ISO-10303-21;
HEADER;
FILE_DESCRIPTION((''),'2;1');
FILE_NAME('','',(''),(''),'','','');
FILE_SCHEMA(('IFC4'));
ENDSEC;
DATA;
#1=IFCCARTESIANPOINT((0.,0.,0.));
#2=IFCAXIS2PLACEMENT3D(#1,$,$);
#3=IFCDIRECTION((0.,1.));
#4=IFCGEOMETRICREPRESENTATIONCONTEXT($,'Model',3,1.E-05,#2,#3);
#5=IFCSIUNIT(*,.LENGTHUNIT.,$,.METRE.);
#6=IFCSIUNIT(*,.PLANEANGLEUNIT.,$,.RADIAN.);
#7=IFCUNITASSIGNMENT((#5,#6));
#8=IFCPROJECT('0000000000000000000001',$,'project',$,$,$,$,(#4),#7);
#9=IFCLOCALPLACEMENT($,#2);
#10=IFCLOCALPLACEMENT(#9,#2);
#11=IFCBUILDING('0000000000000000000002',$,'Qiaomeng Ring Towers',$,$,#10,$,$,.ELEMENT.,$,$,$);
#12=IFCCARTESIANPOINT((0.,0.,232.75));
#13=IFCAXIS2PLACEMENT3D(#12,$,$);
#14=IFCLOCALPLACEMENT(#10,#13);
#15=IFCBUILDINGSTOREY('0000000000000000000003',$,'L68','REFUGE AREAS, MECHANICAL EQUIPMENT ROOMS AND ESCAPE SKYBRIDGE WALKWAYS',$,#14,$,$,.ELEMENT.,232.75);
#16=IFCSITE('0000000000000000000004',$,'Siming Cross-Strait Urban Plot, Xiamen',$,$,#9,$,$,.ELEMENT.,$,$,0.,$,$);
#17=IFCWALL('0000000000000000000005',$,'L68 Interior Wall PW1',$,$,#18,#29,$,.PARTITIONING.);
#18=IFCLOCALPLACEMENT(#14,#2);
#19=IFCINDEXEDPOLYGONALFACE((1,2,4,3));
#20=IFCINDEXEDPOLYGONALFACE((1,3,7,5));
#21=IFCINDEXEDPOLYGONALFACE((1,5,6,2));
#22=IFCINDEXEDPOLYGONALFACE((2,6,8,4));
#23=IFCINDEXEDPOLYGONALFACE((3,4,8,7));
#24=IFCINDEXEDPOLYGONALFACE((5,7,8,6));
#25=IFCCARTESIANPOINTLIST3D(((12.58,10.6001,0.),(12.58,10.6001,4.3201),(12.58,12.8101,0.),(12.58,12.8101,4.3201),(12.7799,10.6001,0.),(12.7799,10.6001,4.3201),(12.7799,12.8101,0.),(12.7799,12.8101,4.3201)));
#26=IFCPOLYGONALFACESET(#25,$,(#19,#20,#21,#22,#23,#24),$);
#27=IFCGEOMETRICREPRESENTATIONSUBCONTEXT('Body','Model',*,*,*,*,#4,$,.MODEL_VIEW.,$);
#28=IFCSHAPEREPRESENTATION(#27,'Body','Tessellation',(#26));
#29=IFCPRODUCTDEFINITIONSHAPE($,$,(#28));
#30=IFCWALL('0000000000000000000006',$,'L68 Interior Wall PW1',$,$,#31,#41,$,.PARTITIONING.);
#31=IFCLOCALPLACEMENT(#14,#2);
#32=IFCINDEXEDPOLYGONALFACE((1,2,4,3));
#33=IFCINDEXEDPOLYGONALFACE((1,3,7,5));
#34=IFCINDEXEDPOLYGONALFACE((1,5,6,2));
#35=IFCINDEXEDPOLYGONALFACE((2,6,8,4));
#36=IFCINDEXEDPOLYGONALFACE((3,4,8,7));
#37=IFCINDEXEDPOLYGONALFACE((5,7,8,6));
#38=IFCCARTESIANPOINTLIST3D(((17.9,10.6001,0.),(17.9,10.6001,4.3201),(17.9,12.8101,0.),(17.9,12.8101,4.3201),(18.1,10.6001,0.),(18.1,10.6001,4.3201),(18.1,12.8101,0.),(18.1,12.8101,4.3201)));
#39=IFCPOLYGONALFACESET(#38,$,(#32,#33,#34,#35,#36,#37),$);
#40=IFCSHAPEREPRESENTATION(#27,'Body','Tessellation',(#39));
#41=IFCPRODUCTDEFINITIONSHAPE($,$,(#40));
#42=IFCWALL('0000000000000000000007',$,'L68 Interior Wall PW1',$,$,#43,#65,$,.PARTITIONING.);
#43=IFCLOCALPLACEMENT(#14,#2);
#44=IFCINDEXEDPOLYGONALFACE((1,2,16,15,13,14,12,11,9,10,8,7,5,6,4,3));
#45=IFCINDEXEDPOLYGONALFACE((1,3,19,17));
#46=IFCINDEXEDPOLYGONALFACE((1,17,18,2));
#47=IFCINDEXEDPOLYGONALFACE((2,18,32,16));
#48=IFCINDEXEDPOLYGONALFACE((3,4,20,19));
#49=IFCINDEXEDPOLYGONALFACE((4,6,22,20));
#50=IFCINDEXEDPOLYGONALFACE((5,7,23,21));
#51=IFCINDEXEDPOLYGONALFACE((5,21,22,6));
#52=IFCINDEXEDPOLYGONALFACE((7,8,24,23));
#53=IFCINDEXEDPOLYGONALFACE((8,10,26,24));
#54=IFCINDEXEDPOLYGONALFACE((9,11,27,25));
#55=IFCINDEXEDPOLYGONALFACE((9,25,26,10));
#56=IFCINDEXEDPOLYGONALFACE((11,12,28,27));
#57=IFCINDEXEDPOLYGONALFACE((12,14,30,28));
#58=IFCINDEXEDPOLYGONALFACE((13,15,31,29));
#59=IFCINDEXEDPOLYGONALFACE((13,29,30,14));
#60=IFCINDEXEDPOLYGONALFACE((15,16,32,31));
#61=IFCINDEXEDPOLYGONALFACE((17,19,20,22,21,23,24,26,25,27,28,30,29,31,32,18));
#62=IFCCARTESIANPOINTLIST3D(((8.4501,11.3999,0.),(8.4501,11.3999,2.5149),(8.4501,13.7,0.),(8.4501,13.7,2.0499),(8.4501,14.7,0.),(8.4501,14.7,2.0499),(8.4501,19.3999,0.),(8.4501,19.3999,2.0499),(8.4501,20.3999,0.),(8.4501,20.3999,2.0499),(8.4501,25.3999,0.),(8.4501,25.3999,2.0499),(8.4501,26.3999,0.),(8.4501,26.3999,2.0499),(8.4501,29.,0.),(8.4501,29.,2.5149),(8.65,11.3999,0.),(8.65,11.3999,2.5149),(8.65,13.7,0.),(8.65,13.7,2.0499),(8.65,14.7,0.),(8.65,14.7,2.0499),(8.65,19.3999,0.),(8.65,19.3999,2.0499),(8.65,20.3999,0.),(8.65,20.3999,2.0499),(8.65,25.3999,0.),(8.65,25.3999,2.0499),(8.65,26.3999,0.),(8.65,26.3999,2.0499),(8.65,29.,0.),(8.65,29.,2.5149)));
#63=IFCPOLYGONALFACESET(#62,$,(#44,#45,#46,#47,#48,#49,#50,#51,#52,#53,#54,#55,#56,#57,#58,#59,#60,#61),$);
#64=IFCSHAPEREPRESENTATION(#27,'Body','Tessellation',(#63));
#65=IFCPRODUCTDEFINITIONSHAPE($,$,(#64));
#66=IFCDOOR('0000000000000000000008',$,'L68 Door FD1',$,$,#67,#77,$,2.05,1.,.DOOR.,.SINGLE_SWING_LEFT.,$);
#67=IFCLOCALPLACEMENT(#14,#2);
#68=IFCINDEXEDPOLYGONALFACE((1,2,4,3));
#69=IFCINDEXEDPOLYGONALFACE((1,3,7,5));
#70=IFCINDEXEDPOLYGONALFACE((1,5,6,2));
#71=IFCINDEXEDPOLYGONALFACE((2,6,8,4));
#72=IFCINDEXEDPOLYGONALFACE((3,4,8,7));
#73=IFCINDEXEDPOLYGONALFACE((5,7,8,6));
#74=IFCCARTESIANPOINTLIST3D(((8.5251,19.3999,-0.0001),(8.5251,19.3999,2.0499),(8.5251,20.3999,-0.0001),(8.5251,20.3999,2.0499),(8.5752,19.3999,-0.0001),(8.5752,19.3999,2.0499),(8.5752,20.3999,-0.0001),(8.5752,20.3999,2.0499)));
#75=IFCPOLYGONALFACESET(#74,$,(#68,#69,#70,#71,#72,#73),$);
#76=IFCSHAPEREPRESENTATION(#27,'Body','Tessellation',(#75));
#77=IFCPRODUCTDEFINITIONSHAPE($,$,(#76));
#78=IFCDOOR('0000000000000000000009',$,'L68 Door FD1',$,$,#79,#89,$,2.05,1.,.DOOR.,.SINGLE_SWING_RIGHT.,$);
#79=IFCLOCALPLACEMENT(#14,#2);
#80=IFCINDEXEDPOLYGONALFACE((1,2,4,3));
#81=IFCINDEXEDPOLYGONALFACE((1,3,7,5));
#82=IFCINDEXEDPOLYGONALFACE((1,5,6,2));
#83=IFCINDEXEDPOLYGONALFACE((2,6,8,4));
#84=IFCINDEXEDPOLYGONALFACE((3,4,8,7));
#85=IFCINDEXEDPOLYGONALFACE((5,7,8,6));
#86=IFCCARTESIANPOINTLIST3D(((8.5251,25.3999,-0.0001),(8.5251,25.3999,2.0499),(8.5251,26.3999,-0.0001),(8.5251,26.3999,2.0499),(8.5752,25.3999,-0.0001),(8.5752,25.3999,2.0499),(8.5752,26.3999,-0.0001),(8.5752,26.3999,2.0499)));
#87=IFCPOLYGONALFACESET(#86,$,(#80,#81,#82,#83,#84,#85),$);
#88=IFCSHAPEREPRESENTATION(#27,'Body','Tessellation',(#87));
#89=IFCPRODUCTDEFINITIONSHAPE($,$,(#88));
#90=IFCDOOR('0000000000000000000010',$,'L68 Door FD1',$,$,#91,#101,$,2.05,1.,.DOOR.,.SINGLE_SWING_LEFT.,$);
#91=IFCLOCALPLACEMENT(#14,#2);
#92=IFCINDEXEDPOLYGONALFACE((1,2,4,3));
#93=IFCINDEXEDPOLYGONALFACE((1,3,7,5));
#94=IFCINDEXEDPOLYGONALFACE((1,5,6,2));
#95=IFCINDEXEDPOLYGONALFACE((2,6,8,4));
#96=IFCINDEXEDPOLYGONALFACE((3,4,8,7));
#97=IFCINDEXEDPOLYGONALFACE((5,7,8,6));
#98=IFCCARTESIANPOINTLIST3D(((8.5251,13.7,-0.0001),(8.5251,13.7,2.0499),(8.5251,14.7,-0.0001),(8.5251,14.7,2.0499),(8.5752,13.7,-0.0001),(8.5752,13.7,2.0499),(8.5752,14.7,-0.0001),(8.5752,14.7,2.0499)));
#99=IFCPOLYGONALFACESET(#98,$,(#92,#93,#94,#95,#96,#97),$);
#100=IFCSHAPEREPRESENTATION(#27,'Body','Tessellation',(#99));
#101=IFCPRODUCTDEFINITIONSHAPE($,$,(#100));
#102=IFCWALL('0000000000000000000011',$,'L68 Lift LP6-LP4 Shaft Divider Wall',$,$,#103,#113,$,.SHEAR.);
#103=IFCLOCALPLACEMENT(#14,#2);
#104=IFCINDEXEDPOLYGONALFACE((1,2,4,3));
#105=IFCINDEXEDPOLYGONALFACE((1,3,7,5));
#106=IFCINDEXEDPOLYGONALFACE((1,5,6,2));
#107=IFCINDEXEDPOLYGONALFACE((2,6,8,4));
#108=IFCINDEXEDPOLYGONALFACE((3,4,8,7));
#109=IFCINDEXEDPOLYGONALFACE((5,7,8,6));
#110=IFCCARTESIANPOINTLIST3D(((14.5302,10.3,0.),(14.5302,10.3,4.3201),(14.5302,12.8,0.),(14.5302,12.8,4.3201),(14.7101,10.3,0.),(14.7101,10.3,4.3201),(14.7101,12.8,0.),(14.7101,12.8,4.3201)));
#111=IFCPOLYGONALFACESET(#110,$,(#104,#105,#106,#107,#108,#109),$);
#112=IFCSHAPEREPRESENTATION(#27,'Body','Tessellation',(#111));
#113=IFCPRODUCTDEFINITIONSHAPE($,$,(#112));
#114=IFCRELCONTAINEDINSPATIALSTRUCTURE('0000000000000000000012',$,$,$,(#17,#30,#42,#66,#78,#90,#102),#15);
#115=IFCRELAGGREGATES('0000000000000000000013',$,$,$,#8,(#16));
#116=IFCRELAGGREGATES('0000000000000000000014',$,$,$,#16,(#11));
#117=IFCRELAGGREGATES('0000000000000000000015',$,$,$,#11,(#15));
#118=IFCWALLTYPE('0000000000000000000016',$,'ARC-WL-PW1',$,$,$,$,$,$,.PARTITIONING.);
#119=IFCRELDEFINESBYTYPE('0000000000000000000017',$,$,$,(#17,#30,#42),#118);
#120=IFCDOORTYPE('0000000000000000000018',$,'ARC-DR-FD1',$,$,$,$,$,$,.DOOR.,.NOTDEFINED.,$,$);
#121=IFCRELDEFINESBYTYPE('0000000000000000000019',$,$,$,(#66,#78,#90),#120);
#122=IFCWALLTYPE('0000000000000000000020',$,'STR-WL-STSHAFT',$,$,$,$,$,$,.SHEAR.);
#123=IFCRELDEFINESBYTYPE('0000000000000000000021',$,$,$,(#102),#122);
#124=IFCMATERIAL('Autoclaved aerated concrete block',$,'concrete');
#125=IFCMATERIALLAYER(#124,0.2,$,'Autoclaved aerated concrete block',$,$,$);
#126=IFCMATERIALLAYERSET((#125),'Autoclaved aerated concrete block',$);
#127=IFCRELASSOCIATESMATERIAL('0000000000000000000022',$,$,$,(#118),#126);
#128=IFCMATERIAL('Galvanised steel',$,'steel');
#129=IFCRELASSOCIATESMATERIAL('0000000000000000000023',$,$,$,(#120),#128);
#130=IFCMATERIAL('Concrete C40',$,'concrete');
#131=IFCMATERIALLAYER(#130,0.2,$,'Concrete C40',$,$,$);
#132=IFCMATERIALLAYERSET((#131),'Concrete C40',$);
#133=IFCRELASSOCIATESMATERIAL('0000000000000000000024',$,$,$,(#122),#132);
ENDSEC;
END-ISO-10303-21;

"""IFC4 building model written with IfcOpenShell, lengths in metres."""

from ifc_helpers import new_model, si_unit, direction, frame, frame_2d, origin, place, context, subcontext, project, spatial, rectangle, extrude, source, transform, mapped, material, layer, layer_set, type_object, element, fill, save


model = new_model("IFC4")

# Units and contexts
model_context = context("Model", 3, precision=1e-05, world=origin(), true_north=direction((0.0, 1.0)))
body_context = subcontext(model_context, "Body", "Model", "MODEL_VIEW")
ifc_project = project(units=[si_unit("LENGTHUNIT", "METRE"), si_unit("PLANEANGLEUNIT", "RADIAN")], contexts=[model_context])

# Site, building, storey
site_placement = place(None, origin())
site = spatial("IfcSite", under=ifc_project, at=site_placement, Name="Siming Cross-Strait Urban Plot, Xiamen", CompositionType="ELEMENT", RefElevation=0.0)
building_placement = place(site_placement, origin())
building = spatial("IfcBuilding", under=site, at=building_placement, Name="Qiaomeng Ring Towers", CompositionType="ELEMENT")
storey_placement = place(building_placement, frame((0.0, 0.0, 232.75)))
storey = spatial("IfcBuildingStorey", under=building, at=storey_placement, Name="L68", Description="REFUGE AREAS, MECHANICAL EQUIPMENT ROOMS AND ESCAPE SKYBRIDGE WALKWAYS", CompositionType="ELEMENT", Elevation=232.75)

# Walls
ifc_material_1 = material(Name="Autoclaved aerated concrete block", Category="concrete")
ifc_layer_1 = layer(ifc_material_1, 0.2, Name="Autoclaved aerated concrete block")
ifc_layer_set_1 = layer_set([ifc_layer_1], Name="Autoclaved aerated concrete block")
wall_type_1 = type_object("IfcWallType", Name="ARC-WL-PW1", PredefinedType="PARTITIONING", material=ifc_layer_set_1)
for number, where, z_axis, x_axis, name in (
    (1, (12.6799, 10.6001, 0.0), (0.0, 0.0, 1.0), (0.0, 1.0, 0.0), "L68 Interior Wall PW1"),
    (2, (18.0, 10.6001, 0.0), (0.0, 0.0, 1.0), (0.0, 1.0, 0.0), "L68 Interior Wall PW1"),
):
    element("IfcWall", number, at=place(storey_placement, frame(where, z_axis=z_axis, x_axis=x_axis)), inside=storey, type_object=wall_type_1, Name=name, PredefinedType="PARTITIONING", context=body_context, shape_type="SweptSolid", body=[
        extrude(rectangle(XDim=2.21, YDim=0.2, at=frame_2d((1.105, 0.0))), origin(), (0.0, 0.0, 1.0), 4.3201),
    ])

# Wall, openings, doors
wall_1_placement = place(storey_placement, frame((8.55, 11.3999, 0.0), z_axis=(0.0, 0.0, 1.0), x_axis=(0.0, 1.0, 0.0)))
wall_1 = element("IfcWall", 3, at=wall_1_placement, inside=storey, type_object=wall_type_1, Name="L68 Interior Wall PW1", PredefinedType="PARTITIONING", context=body_context, shape_type="SweptSolid", body=[
    extrude(rectangle(XDim=17.6001, YDim=0.2, at=frame_2d((8.8, 0.0))), origin(), (0.0, 0.0, 1.0), 2.5149),
])
opening_1_placement = place(wall_1_placement, frame((8.0, 0.0, 0.0)))
opening_1 = element("IfcOpeningElement", 4, at=opening_1_placement, cuts=wall_1, PredefinedType="OPENING", context=body_context, shape_type="SweptSolid", body=[
    extrude(rectangle(XDim=1.0, YDim=2.05, at=frame_2d((0.5, 1.0249))), frame((0.0, 0.1099, 0.0), z_axis=(0.0, -1.0, 0.0), x_axis=(1.0, 0.0, 0.0)), (0.0, 0.0, 1.0), 0.22),
])
opening_2_placement = place(wall_1_placement, frame((14.0, 0.0, 0.0)))
opening_2 = element("IfcOpeningElement", 5, at=opening_2_placement, cuts=wall_1, PredefinedType="OPENING", context=body_context, shape_type="SweptSolid", body=[
    extrude(rectangle(XDim=1.0, YDim=2.05, at=frame_2d((0.5, 1.0249))), frame((0.0, 0.1099, 0.0), z_axis=(0.0, -1.0, 0.0), x_axis=(1.0, 0.0, 0.0)), (0.0, 0.0, 1.0), 0.22),
])
opening_3_placement = place(wall_1_placement, frame((2.3, 0.0, 0.0)))
opening_3 = element("IfcOpeningElement", 6, at=opening_3_placement, cuts=wall_1, PredefinedType="OPENING", context=body_context, shape_type="SweptSolid", body=[
    extrude(rectangle(XDim=1.0, YDim=2.05, at=frame_2d((0.5, 1.0249))), frame((0.0, 0.1099, 0.0), z_axis=(0.0, -1.0, 0.0), x_axis=(1.0, 0.0, 0.0)), (0.0, 0.0, 1.0), 0.22),
])
ifc_material_2 = material(Name="Galvanised steel", Category="steel")
door_type_1 = type_object("IfcDoorType", Name="ARC-DR-FD1", OperationType="NOTDEFINED", PredefinedType="DOOR", material=ifc_material_2)
shared_shape_1 = source(origin(), body_context, "Body", "SweptSolid", [
    extrude(rectangle(XDim=1.0, YDim=2.05, at=frame_2d((0.5, 1.0249))), frame((0.0, 0.0249, 0.0), z_axis=(0.0, -1.0, 0.0), x_axis=(1.0, 0.0, 0.0)), (0.0, 0.0, 1.0), 0.05),
])
door_1_placement = place(opening_1_placement, origin())
door_1 = element("IfcDoor", 7, at=door_1_placement, inside=storey, type_object=door_type_1, Name="L68 Door FD1", OperationType="SINGLE_SWING_LEFT", OverallHeight=2.05, OverallWidth=1.0, PredefinedType="DOOR", context=body_context, shape_type="MappedRepresentation", body=[
    mapped(shared_shape_1, transform((0.0, 0.0, 0.0), x_axis=(1.0, 0.0, 0.0), y_axis=(0.0, 1.0, 0.0), z_axis=(0.0, 0.0, 1.0), scale=1.0)),
])
fill(opening_1, door_1)
door_2_placement = place(opening_2_placement, origin())
door_2 = element("IfcDoor", 8, at=door_2_placement, inside=storey, type_object=door_type_1, Name="L68 Door FD1", OperationType="SINGLE_SWING_RIGHT", OverallHeight=2.05, OverallWidth=1.0, PredefinedType="DOOR", context=body_context, shape_type="MappedRepresentation", body=[
    mapped(shared_shape_1, transform((0.0, 0.0, 0.0), x_axis=(1.0, 0.0, 0.0), y_axis=(0.0, 1.0, 0.0), z_axis=(0.0, 0.0, 1.0), scale=1.0)),
])
fill(opening_2, door_2)
door_3_placement = place(opening_3_placement, origin())
door_3 = element("IfcDoor", 9, at=door_3_placement, inside=storey, type_object=door_type_1, Name="L68 Door FD1", OperationType="SINGLE_SWING_LEFT", OverallHeight=2.05, OverallWidth=1.0, PredefinedType="DOOR", context=body_context, shape_type="MappedRepresentation", body=[
    mapped(shared_shape_1, transform((0.0, 0.0, 0.0), x_axis=(1.0, 0.0, 0.0), y_axis=(0.0, 1.0, 0.0), z_axis=(0.0, 0.0, 1.0), scale=1.0)),
])
fill(opening_3, door_3)

# Wall
ifc_material_3 = material(Name="Concrete C40", Category="concrete")
ifc_layer_2 = layer(ifc_material_3, 0.2, Name="Concrete C40")
ifc_layer_set_2 = layer_set([ifc_layer_2], Name="Concrete C40")
wall_type_2 = type_object("IfcWallType", Name="STR-WL-STSHAFT", PredefinedType="SHEAR", material=ifc_layer_set_2)
wall_2_placement = place(storey_placement, frame((14.6201, 10.3, 0.0), z_axis=(0.0, 0.0, 1.0), x_axis=(0.0, 1.0, 0.0)))
element("IfcWall", 10, at=wall_2_placement, inside=storey, type_object=wall_type_2, Name="L68 Lift LP6-LP4 Shaft Divider Wall", PredefinedType="SHEAR", context=body_context, shape_type="SweptSolid", body=[
    extrude(rectangle(XDim=2.5, YDim=0.1799, at=frame_2d((1.25, 0.0))), origin(), (0.0, 0.0, 1.0), 4.3201),
])

save(model, "model.ifc")
